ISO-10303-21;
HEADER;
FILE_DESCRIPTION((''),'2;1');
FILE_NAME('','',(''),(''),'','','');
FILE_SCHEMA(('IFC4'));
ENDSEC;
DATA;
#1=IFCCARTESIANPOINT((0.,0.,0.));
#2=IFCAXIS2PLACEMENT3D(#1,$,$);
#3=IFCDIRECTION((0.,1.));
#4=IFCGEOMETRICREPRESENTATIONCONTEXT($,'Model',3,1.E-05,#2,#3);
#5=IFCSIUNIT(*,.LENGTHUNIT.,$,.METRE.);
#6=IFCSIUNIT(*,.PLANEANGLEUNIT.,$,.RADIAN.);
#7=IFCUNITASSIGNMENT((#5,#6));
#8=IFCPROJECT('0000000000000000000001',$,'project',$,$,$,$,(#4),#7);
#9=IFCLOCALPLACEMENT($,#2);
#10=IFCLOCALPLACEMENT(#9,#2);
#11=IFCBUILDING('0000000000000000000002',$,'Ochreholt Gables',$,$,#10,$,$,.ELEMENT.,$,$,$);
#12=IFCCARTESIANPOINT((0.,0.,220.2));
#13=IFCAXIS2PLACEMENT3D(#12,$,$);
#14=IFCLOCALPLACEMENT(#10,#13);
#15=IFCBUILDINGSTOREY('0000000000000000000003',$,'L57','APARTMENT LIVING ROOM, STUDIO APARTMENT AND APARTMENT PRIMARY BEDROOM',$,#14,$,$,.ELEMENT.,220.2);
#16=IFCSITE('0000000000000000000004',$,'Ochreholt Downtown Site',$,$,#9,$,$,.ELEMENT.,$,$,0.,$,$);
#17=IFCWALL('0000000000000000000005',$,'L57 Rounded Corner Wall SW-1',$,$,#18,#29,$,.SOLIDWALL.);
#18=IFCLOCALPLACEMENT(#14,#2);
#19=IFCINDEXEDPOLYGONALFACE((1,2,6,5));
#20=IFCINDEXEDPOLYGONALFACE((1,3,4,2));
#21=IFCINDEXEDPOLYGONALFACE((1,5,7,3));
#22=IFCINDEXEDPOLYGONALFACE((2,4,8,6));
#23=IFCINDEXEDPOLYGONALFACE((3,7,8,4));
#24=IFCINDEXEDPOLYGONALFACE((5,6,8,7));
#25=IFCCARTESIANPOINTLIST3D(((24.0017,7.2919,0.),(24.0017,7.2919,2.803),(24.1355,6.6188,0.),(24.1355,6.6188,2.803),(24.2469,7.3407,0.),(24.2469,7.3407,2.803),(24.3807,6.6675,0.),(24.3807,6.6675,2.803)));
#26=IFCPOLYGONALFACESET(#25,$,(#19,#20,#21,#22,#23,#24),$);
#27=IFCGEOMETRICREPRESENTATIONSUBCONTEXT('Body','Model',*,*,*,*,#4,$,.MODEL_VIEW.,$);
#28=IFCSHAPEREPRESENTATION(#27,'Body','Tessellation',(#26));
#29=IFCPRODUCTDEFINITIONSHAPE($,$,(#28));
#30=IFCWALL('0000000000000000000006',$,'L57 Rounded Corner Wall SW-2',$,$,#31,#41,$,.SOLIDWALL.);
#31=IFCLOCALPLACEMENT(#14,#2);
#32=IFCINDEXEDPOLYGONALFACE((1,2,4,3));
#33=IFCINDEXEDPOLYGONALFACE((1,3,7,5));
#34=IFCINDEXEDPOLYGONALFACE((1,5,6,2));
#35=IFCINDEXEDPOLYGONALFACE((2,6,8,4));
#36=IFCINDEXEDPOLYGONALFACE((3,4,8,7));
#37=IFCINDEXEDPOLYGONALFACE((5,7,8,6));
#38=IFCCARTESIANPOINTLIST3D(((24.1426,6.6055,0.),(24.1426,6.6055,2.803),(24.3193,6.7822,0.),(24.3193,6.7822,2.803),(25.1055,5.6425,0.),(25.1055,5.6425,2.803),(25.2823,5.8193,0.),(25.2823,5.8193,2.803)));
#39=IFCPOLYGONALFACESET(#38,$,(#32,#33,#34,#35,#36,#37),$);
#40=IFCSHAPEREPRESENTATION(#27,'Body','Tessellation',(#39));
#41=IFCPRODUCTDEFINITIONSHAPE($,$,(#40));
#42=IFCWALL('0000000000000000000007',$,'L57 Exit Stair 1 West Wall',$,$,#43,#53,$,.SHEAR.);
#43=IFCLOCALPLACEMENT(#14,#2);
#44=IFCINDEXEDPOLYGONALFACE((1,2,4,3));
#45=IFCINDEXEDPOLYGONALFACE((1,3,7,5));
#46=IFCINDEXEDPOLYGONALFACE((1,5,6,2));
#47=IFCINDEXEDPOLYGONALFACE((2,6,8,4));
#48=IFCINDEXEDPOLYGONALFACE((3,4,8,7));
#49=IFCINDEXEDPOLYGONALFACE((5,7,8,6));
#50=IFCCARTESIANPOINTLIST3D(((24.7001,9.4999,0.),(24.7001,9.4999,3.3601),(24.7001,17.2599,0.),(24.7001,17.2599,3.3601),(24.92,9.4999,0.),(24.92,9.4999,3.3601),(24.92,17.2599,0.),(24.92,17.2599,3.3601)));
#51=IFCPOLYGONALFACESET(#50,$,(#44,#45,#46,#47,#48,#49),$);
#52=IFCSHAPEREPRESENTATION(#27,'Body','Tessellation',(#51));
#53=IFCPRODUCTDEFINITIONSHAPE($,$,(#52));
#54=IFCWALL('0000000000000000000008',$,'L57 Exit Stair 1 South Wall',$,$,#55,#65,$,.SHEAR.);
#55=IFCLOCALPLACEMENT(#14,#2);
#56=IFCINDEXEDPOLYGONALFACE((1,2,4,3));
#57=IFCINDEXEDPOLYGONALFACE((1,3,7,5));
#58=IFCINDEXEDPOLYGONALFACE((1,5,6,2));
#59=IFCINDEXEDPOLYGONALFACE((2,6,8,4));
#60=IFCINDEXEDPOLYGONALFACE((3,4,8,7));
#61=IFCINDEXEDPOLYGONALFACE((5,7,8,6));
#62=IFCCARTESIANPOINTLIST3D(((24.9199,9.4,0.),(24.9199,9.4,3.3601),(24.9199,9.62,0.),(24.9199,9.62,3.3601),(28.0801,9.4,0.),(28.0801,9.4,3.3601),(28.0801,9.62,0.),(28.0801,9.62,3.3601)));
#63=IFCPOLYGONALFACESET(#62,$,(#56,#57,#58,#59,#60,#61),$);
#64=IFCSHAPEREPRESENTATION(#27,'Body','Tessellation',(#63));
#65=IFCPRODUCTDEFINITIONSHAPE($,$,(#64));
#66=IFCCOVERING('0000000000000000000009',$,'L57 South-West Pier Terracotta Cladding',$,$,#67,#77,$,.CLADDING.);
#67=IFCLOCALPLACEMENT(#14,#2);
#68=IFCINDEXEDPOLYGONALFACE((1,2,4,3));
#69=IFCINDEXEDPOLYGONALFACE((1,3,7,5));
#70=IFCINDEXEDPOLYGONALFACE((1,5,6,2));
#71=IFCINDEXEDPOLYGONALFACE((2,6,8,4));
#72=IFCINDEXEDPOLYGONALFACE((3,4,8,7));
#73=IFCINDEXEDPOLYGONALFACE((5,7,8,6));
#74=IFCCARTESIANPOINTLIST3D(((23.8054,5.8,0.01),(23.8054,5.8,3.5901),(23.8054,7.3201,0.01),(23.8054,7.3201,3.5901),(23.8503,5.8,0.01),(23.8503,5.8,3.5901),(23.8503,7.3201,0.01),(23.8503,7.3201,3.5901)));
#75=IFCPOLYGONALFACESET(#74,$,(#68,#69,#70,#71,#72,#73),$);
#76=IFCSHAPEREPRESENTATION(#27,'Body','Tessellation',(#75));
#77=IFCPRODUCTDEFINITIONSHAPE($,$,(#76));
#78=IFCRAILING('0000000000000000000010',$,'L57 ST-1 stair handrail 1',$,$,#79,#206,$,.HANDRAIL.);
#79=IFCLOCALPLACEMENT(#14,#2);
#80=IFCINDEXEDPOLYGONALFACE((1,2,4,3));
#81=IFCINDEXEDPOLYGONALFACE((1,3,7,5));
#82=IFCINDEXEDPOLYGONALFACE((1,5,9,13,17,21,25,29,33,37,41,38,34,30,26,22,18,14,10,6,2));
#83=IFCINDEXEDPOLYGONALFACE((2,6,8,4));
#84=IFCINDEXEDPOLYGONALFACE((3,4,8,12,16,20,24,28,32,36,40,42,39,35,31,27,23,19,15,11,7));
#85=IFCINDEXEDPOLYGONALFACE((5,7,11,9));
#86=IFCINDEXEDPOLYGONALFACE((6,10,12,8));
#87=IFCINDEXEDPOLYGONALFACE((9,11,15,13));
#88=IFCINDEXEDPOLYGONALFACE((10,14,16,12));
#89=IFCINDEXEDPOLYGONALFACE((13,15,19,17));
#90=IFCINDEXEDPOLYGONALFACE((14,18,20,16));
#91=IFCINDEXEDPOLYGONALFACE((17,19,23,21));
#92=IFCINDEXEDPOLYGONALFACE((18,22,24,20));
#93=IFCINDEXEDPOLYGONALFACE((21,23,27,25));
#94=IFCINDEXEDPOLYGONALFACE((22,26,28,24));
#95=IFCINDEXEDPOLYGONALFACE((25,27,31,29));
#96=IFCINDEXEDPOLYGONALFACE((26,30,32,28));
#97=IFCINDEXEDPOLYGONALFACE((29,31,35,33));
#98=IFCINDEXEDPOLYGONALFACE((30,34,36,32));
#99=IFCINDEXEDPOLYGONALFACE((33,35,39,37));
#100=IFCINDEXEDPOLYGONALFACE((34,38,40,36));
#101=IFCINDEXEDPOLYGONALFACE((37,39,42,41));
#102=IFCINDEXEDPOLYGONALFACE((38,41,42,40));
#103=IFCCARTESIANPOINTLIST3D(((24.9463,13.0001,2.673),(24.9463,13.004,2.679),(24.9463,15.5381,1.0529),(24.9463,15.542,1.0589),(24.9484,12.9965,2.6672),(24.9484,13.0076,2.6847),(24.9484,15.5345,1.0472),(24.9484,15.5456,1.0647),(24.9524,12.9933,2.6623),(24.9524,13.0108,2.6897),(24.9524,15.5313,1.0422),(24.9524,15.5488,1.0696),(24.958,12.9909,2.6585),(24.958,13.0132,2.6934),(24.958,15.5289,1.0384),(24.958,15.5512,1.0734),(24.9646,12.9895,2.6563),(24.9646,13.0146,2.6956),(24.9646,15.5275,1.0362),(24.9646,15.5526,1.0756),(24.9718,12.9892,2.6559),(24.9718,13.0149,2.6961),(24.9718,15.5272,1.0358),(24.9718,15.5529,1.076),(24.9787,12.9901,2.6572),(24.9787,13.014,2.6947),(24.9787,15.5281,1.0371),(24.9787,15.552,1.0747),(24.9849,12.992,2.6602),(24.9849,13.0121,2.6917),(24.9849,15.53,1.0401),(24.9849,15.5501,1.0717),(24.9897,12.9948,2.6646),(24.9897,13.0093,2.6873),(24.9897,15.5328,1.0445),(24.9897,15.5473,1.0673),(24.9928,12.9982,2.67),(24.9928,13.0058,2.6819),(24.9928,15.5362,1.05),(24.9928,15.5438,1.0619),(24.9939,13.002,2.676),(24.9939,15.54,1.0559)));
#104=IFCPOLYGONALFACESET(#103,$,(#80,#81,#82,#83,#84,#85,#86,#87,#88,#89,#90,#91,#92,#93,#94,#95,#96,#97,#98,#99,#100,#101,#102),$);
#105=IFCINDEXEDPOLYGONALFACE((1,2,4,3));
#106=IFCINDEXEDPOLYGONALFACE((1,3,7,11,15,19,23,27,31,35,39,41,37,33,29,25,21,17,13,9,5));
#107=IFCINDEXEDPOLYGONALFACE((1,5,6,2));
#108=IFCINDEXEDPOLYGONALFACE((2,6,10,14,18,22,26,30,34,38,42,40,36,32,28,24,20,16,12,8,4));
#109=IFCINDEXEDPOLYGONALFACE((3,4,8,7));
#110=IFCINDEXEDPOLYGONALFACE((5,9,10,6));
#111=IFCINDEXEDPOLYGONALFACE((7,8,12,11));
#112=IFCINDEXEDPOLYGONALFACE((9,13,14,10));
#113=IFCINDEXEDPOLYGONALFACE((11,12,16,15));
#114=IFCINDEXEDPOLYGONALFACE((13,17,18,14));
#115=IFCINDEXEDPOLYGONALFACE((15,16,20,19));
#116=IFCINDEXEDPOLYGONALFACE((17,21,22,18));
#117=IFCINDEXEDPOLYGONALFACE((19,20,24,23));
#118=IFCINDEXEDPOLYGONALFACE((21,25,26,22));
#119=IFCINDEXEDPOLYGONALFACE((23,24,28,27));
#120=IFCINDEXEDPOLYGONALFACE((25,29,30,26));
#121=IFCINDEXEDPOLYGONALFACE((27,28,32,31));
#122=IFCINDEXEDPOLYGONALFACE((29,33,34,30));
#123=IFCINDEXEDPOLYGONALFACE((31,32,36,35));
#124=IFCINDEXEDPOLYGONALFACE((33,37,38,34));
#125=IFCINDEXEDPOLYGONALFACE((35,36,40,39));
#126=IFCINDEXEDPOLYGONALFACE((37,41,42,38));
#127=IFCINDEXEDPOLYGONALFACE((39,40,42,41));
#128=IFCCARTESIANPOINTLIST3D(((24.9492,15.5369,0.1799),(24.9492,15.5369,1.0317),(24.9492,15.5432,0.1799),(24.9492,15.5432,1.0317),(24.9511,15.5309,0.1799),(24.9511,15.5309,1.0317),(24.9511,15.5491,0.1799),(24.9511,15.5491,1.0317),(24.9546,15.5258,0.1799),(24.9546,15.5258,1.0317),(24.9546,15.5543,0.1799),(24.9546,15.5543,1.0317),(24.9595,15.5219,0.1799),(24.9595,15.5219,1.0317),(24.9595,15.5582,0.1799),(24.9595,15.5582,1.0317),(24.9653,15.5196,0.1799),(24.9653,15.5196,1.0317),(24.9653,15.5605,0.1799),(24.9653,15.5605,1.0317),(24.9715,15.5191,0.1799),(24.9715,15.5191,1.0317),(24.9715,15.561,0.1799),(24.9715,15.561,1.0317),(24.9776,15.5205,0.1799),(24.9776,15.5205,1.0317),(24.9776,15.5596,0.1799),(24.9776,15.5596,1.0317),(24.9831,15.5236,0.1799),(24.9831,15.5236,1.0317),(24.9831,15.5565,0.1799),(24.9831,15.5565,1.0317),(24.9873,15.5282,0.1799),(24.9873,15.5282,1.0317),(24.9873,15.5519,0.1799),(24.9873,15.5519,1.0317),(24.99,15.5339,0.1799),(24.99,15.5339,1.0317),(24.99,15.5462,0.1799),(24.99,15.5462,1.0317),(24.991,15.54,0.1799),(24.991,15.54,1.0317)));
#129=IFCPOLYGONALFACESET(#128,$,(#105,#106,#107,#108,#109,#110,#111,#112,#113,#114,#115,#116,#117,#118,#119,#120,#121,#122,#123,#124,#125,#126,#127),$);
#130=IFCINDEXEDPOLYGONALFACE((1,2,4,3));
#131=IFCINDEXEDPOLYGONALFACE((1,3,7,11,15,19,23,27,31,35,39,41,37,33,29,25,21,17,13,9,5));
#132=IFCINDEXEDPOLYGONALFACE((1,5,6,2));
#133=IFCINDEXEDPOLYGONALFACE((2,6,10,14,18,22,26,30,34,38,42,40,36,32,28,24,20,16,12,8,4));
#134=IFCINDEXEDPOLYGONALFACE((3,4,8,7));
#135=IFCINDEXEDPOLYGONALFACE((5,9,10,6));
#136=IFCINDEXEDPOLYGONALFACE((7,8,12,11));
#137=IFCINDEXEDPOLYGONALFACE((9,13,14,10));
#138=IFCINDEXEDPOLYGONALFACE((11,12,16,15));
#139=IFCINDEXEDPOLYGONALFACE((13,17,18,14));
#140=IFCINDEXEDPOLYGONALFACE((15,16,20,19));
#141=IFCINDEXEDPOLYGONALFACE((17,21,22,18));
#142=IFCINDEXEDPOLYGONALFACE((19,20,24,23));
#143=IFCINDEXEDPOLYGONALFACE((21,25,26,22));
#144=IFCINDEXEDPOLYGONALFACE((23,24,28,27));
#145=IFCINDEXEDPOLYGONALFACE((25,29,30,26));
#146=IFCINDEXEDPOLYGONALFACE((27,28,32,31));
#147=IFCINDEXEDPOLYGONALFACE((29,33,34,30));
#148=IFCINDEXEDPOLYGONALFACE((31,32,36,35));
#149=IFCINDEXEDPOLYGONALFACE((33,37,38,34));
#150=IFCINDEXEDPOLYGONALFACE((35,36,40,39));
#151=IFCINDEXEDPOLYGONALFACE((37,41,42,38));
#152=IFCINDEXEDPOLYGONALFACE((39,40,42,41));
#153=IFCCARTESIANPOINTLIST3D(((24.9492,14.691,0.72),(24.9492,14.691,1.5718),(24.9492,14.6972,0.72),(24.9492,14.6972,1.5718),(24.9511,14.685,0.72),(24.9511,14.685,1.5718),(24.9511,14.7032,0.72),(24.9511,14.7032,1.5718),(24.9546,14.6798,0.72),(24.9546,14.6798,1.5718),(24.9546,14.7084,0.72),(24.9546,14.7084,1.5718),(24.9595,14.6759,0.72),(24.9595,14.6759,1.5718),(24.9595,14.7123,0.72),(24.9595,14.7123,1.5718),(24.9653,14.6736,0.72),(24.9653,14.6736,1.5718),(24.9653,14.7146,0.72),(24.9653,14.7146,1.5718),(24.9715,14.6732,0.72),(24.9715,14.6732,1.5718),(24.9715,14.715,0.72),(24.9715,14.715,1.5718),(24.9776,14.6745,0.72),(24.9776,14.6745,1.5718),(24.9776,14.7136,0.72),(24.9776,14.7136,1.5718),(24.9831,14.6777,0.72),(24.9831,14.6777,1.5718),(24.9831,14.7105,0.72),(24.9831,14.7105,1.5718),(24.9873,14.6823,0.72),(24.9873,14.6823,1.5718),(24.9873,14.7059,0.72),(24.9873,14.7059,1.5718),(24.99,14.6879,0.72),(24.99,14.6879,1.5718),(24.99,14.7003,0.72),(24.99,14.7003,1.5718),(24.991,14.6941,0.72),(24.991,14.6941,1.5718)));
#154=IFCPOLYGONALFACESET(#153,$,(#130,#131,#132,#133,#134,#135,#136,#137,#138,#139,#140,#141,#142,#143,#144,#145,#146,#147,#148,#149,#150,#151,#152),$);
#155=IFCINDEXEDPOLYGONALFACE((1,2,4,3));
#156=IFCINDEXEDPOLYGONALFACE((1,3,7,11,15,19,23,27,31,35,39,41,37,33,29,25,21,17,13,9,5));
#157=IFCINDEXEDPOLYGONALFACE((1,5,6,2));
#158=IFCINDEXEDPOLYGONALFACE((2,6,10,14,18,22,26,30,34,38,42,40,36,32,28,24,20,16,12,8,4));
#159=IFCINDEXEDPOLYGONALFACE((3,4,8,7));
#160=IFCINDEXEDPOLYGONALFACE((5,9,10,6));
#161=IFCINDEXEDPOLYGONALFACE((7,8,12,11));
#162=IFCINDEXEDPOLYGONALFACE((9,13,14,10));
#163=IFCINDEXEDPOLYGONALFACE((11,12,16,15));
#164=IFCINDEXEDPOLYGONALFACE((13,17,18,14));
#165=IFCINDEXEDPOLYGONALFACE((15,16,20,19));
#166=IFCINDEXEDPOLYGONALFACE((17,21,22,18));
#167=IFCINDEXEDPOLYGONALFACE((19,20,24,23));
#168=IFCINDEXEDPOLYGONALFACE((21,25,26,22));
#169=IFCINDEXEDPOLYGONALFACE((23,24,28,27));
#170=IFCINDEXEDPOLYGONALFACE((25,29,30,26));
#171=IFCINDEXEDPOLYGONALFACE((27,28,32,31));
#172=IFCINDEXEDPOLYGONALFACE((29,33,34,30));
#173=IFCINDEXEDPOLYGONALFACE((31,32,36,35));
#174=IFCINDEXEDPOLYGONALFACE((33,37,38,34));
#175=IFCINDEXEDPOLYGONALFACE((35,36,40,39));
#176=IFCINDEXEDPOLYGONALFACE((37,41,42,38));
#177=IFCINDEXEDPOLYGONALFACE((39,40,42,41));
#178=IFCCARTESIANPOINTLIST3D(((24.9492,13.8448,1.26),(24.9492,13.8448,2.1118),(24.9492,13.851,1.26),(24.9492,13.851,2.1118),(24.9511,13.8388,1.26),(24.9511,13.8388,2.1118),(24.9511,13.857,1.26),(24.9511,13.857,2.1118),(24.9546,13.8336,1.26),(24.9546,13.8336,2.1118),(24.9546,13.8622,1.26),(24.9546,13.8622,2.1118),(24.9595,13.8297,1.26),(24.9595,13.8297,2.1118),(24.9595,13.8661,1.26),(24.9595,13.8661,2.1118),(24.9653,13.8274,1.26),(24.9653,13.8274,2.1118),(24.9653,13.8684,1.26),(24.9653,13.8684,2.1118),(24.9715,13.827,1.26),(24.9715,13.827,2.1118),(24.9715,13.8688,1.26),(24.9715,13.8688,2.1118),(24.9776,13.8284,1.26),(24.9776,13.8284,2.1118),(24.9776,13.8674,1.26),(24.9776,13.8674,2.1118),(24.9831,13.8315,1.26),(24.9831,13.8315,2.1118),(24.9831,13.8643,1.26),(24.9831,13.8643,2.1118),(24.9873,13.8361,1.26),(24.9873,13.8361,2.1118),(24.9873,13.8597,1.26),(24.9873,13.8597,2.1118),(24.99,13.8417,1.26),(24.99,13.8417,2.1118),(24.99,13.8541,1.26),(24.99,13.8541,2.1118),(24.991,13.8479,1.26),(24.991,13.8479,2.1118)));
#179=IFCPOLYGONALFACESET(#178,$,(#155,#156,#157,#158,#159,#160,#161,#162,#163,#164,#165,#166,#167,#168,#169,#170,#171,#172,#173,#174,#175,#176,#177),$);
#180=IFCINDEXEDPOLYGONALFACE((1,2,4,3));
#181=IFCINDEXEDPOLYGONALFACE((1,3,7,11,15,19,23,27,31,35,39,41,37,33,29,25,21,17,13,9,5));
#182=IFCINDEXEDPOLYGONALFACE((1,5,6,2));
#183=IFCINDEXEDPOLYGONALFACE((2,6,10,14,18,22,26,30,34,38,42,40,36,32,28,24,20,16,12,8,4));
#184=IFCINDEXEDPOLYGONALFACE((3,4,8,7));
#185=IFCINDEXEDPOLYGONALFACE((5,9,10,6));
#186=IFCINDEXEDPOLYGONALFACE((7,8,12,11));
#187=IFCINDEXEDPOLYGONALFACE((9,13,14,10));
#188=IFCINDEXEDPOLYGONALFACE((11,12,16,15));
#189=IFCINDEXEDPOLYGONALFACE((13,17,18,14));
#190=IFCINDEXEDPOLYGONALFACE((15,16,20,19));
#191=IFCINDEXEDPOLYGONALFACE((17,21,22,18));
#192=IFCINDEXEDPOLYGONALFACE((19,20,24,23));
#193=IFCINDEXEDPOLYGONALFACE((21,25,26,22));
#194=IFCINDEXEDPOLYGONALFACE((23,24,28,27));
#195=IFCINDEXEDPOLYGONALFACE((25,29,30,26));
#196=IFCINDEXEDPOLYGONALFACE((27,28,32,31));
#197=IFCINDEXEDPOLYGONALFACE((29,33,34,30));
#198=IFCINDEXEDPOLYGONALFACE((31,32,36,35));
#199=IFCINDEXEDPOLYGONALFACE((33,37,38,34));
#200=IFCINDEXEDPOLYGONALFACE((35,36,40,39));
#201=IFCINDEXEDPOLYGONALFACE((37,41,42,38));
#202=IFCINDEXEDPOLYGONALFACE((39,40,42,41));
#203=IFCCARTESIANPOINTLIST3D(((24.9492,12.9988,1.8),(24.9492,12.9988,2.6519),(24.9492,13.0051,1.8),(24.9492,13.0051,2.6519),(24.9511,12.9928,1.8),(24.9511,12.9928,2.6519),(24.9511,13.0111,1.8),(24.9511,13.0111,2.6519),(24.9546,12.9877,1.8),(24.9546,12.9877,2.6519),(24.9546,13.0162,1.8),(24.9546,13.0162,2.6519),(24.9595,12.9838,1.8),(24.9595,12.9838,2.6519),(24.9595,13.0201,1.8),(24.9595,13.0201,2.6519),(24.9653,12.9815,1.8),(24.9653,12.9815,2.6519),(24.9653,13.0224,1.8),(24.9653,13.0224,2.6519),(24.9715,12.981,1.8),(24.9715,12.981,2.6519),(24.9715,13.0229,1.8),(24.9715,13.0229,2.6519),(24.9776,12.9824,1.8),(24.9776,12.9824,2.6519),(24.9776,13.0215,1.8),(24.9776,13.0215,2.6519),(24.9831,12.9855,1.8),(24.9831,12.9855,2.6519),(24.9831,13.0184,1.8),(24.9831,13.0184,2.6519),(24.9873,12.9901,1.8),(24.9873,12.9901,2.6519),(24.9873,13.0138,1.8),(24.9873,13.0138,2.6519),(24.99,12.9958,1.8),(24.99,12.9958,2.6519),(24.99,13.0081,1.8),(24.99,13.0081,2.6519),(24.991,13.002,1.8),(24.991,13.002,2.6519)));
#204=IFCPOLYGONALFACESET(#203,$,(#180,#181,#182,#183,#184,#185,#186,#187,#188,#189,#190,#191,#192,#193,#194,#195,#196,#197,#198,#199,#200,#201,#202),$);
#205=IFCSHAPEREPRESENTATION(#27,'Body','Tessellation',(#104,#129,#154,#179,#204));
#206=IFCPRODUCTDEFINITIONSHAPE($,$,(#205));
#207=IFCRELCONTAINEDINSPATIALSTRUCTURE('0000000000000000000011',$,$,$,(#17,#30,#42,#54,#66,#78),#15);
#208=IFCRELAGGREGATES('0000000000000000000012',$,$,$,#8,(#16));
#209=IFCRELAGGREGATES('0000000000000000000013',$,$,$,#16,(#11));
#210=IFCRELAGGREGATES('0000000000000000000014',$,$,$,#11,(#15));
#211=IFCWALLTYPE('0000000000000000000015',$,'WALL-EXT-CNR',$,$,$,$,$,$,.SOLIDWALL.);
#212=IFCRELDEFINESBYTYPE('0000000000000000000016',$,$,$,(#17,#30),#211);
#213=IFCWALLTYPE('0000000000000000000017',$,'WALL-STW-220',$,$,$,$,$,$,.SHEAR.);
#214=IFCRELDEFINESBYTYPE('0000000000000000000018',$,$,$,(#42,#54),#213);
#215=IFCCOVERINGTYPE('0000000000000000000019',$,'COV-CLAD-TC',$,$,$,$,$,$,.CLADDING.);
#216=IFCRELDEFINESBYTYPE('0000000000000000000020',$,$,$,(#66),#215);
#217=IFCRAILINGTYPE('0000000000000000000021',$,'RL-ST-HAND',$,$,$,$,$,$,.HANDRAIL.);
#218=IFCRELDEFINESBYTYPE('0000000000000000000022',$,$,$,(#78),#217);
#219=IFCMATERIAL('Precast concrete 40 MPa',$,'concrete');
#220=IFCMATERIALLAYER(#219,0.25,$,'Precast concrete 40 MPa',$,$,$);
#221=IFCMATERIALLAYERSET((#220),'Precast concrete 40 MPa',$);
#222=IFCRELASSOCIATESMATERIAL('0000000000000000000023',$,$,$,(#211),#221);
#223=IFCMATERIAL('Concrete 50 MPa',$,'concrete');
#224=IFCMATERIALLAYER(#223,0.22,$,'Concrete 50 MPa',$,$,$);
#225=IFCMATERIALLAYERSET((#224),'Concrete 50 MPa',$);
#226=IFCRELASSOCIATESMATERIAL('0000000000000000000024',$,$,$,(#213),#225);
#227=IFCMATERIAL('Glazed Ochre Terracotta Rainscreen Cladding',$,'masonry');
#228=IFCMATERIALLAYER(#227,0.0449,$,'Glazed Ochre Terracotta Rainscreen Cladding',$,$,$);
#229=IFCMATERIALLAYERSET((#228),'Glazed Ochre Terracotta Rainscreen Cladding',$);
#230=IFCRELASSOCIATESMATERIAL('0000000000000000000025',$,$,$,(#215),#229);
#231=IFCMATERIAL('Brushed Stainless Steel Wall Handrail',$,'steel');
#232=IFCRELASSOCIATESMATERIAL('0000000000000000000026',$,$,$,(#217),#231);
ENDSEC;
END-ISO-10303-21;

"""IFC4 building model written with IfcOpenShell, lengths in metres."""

from ifc_helpers import new_model, si_unit, direction, frame, frame_2d, origin, origin_2d, place, context, subcontext, project, spatial, rectangle, circle, extrude, material, layer, layer_set, type_object, element, save


model = new_model("IFC4")

# Units and contexts
model_context = context("Model", 3, precision=1e-05, world=origin(), true_north=direction((0.0, 1.0)))
body_context = subcontext(model_context, "Body", "Model", "MODEL_VIEW")
ifc_project = project(units=[si_unit("LENGTHUNIT", "METRE"), si_unit("PLANEANGLEUNIT", "RADIAN")], contexts=[model_context])

# Site, building, storey
site_placement = place(None, origin())
site = spatial("IfcSite", under=ifc_project, at=site_placement, Name="Ochreholt Downtown Site", CompositionType="ELEMENT", RefElevation=0.0)
building_placement = place(site_placement, origin())
building = spatial("IfcBuilding", under=site, at=building_placement, Name="Ochreholt Gables", CompositionType="ELEMENT")
storey_placement = place(building_placement, frame((0.0, 0.0, 220.2)))
storey = spatial("IfcBuildingStorey", under=building, at=storey_placement, Name="L57", Description="APARTMENT LIVING ROOM, STUDIO APARTMENT AND APARTMENT PRIMARY BEDROOM", CompositionType="ELEMENT", Elevation=220.2)

# Shared definitions
ifc_material_1 = material(Name="Concrete 50 MPa", Category="concrete")

# Shared definitions
ifc_material_2 = material(Name="Precast concrete 40 MPa", Category="concrete")

# Walls
ifc_layer_1 = layer(ifc_material_2, 0.25, Name="Precast concrete 40 MPa")
ifc_layer_set_1 = layer_set([ifc_layer_1], Name="Precast concrete 40 MPa")
wall_type_1 = type_object("IfcWallType", Name="WALL-EXT-CNR", PredefinedType="SOLIDWALL", material=ifc_layer_set_1)
wall_1_placement = place(storey_placement, frame((24.1243, 7.3164, 0.0), z_axis=(0.0, 0.0, 1.0), x_axis=(0.194953, -0.980813, 0.0)))
element("IfcWall", 1, at=wall_1_placement, inside=storey, type_object=wall_type_1, Name="L57 Rounded Corner Wall SW-1", PredefinedType="SOLIDWALL", context=body_context, shape_type="SweptSolid", body=[
    extrude(rectangle(XDim=0.6863, YDim=0.25, at=frame_2d((0.3433, 0.0))), origin(), (0.0, 0.0, 1.0), 2.803),
])
wall_2_placement = place(storey_placement, frame((24.231, 6.6938, 0.0), z_axis=(0.0, 0.0, 1.0), x_axis=(0.707107, -0.707107, 0.0)))
element("IfcWall", 2, at=wall_2_placement, inside=storey, type_object=wall_type_1, Name="L57 Rounded Corner Wall SW-2", PredefinedType="SOLIDWALL", context=body_context, shape_type="SweptSolid", body=[
    extrude(rectangle(XDim=1.3618, YDim=0.25, at=frame_2d((0.6809, 0.0))), origin(), (0.0, 0.0, 1.0), 2.803),
])
ifc_layer_2 = layer(ifc_material_1, 0.22, Name="Concrete 50 MPa")
ifc_layer_set_2 = layer_set([ifc_layer_2], Name="Concrete 50 MPa")
wall_type_2 = type_object("IfcWallType", Name="WALL-STW-220", PredefinedType="SHEAR", material=ifc_layer_set_2)
wall_3_placement = place(storey_placement, frame((24.8101, 9.5, 0.0), z_axis=(0.0, 0.0, 1.0), x_axis=(0.0, 1.0, 0.0)))
element("IfcWall", 3, at=wall_3_placement, inside=storey, type_object=wall_type_2, Name="L57 Exit Stair 1 West Wall", PredefinedType="SHEAR", context=body_context, shape_type="SweptSolid", body=[
    extrude(rectangle(XDim=7.76, YDim=0.22, at=frame_2d((3.8799, 0.0))), origin(), (0.0, 0.0, 1.0), 3.3601),
])
wall_4_placement = place(storey_placement, frame((24.9199, 9.51, 0.0), z_axis=(0.0, 0.0, 1.0), x_axis=(1.0, 0.0, 0.0)))
element("IfcWall", 4, at=wall_4_placement, inside=storey, type_object=wall_type_2, Name="L57 Exit Stair 1 South Wall", PredefinedType="SHEAR", context=body_context, shape_type="SweptSolid", body=[
    extrude(rectangle(XDim=3.1602, YDim=0.22, at=frame_2d((1.5801, 0.0))), origin(), (0.0, 0.0, 1.0), 3.3601),
])

# Covering
ifc_material_3 = material(Name="Glazed Ochre Terracotta Rainscreen Cladding", Category="masonry")
ifc_layer_3 = layer(ifc_material_3, 0.0449, Name="Glazed Ochre Terracotta Rainscreen Cladding")
ifc_layer_set_3 = layer_set([ifc_layer_3], Name="Glazed Ochre Terracotta Rainscreen Cladding")
covering_type = type_object("IfcCoveringType", Name="COV-CLAD-TC", PredefinedType="CLADDING", material=ifc_layer_set_3)
covering_placement = place(storey_placement, frame((23.8279, 6.5601, 0.01), z_axis=(0.0, 0.0, 1.0), x_axis=(0.0, 1.0, 0.0)))
element("IfcCovering", 5, at=covering_placement, inside=storey, type_object=covering_type, Name="L57 South-West Pier Terracotta Cladding", PredefinedType="CLADDING", context=body_context, shape_type="SweptSolid", body=[
    extrude(rectangle(XDim=1.52, YDim=0.0449, at=origin_2d()), origin(), (0.0, 0.0, 1.0), 3.5801),
])

# Railing
ifc_material_4 = material(Name="Brushed Stainless Steel Wall Handrail", Category="steel")
railing_type = type_object("IfcRailingType", Name="RL-ST-HAND", PredefinedType="HANDRAIL", material=ifc_material_4)
railing_placement = place(storey_placement, frame((24.97, 15.54, 0.1799)))
element("IfcRailing", 6, at=railing_placement, inside=storey, type_object=railing_type, Name="L57 ST-1 stair handrail 1", PredefinedType="HANDRAIL", context=body_context, shape_type="SweptSolid", body=[
    extrude(circle(Radius=0.0239, at=origin_2d()), frame((0.0, 0.0, 0.876), z_axis=(0.0, -0.842913, 0.53805), x_axis=(1.0, 0.0, 0.0)), (0.0, 0.0, 1.0), 3.011),
    extrude(circle(Radius=0.021, at=origin_2d()), origin(), (0.0, 0.0, 1.0), 0.8518),
    extrude(circle(Radius=0.021, at=origin_2d()), frame((0.0, -0.8459, 0.54)), (0.0, 0.0, 1.0), 0.8518),
    extrude(circle(Radius=0.021, at=origin_2d()), frame((0.0, -1.6921, 1.0801)), (0.0, 0.0, 1.0), 0.8518),
    extrude(circle(Radius=0.021, at=origin_2d()), frame((0.0, -2.5381, 1.6201)), (0.0, 0.0, 1.0), 0.8518),
])

save(model, "model.ifc")
